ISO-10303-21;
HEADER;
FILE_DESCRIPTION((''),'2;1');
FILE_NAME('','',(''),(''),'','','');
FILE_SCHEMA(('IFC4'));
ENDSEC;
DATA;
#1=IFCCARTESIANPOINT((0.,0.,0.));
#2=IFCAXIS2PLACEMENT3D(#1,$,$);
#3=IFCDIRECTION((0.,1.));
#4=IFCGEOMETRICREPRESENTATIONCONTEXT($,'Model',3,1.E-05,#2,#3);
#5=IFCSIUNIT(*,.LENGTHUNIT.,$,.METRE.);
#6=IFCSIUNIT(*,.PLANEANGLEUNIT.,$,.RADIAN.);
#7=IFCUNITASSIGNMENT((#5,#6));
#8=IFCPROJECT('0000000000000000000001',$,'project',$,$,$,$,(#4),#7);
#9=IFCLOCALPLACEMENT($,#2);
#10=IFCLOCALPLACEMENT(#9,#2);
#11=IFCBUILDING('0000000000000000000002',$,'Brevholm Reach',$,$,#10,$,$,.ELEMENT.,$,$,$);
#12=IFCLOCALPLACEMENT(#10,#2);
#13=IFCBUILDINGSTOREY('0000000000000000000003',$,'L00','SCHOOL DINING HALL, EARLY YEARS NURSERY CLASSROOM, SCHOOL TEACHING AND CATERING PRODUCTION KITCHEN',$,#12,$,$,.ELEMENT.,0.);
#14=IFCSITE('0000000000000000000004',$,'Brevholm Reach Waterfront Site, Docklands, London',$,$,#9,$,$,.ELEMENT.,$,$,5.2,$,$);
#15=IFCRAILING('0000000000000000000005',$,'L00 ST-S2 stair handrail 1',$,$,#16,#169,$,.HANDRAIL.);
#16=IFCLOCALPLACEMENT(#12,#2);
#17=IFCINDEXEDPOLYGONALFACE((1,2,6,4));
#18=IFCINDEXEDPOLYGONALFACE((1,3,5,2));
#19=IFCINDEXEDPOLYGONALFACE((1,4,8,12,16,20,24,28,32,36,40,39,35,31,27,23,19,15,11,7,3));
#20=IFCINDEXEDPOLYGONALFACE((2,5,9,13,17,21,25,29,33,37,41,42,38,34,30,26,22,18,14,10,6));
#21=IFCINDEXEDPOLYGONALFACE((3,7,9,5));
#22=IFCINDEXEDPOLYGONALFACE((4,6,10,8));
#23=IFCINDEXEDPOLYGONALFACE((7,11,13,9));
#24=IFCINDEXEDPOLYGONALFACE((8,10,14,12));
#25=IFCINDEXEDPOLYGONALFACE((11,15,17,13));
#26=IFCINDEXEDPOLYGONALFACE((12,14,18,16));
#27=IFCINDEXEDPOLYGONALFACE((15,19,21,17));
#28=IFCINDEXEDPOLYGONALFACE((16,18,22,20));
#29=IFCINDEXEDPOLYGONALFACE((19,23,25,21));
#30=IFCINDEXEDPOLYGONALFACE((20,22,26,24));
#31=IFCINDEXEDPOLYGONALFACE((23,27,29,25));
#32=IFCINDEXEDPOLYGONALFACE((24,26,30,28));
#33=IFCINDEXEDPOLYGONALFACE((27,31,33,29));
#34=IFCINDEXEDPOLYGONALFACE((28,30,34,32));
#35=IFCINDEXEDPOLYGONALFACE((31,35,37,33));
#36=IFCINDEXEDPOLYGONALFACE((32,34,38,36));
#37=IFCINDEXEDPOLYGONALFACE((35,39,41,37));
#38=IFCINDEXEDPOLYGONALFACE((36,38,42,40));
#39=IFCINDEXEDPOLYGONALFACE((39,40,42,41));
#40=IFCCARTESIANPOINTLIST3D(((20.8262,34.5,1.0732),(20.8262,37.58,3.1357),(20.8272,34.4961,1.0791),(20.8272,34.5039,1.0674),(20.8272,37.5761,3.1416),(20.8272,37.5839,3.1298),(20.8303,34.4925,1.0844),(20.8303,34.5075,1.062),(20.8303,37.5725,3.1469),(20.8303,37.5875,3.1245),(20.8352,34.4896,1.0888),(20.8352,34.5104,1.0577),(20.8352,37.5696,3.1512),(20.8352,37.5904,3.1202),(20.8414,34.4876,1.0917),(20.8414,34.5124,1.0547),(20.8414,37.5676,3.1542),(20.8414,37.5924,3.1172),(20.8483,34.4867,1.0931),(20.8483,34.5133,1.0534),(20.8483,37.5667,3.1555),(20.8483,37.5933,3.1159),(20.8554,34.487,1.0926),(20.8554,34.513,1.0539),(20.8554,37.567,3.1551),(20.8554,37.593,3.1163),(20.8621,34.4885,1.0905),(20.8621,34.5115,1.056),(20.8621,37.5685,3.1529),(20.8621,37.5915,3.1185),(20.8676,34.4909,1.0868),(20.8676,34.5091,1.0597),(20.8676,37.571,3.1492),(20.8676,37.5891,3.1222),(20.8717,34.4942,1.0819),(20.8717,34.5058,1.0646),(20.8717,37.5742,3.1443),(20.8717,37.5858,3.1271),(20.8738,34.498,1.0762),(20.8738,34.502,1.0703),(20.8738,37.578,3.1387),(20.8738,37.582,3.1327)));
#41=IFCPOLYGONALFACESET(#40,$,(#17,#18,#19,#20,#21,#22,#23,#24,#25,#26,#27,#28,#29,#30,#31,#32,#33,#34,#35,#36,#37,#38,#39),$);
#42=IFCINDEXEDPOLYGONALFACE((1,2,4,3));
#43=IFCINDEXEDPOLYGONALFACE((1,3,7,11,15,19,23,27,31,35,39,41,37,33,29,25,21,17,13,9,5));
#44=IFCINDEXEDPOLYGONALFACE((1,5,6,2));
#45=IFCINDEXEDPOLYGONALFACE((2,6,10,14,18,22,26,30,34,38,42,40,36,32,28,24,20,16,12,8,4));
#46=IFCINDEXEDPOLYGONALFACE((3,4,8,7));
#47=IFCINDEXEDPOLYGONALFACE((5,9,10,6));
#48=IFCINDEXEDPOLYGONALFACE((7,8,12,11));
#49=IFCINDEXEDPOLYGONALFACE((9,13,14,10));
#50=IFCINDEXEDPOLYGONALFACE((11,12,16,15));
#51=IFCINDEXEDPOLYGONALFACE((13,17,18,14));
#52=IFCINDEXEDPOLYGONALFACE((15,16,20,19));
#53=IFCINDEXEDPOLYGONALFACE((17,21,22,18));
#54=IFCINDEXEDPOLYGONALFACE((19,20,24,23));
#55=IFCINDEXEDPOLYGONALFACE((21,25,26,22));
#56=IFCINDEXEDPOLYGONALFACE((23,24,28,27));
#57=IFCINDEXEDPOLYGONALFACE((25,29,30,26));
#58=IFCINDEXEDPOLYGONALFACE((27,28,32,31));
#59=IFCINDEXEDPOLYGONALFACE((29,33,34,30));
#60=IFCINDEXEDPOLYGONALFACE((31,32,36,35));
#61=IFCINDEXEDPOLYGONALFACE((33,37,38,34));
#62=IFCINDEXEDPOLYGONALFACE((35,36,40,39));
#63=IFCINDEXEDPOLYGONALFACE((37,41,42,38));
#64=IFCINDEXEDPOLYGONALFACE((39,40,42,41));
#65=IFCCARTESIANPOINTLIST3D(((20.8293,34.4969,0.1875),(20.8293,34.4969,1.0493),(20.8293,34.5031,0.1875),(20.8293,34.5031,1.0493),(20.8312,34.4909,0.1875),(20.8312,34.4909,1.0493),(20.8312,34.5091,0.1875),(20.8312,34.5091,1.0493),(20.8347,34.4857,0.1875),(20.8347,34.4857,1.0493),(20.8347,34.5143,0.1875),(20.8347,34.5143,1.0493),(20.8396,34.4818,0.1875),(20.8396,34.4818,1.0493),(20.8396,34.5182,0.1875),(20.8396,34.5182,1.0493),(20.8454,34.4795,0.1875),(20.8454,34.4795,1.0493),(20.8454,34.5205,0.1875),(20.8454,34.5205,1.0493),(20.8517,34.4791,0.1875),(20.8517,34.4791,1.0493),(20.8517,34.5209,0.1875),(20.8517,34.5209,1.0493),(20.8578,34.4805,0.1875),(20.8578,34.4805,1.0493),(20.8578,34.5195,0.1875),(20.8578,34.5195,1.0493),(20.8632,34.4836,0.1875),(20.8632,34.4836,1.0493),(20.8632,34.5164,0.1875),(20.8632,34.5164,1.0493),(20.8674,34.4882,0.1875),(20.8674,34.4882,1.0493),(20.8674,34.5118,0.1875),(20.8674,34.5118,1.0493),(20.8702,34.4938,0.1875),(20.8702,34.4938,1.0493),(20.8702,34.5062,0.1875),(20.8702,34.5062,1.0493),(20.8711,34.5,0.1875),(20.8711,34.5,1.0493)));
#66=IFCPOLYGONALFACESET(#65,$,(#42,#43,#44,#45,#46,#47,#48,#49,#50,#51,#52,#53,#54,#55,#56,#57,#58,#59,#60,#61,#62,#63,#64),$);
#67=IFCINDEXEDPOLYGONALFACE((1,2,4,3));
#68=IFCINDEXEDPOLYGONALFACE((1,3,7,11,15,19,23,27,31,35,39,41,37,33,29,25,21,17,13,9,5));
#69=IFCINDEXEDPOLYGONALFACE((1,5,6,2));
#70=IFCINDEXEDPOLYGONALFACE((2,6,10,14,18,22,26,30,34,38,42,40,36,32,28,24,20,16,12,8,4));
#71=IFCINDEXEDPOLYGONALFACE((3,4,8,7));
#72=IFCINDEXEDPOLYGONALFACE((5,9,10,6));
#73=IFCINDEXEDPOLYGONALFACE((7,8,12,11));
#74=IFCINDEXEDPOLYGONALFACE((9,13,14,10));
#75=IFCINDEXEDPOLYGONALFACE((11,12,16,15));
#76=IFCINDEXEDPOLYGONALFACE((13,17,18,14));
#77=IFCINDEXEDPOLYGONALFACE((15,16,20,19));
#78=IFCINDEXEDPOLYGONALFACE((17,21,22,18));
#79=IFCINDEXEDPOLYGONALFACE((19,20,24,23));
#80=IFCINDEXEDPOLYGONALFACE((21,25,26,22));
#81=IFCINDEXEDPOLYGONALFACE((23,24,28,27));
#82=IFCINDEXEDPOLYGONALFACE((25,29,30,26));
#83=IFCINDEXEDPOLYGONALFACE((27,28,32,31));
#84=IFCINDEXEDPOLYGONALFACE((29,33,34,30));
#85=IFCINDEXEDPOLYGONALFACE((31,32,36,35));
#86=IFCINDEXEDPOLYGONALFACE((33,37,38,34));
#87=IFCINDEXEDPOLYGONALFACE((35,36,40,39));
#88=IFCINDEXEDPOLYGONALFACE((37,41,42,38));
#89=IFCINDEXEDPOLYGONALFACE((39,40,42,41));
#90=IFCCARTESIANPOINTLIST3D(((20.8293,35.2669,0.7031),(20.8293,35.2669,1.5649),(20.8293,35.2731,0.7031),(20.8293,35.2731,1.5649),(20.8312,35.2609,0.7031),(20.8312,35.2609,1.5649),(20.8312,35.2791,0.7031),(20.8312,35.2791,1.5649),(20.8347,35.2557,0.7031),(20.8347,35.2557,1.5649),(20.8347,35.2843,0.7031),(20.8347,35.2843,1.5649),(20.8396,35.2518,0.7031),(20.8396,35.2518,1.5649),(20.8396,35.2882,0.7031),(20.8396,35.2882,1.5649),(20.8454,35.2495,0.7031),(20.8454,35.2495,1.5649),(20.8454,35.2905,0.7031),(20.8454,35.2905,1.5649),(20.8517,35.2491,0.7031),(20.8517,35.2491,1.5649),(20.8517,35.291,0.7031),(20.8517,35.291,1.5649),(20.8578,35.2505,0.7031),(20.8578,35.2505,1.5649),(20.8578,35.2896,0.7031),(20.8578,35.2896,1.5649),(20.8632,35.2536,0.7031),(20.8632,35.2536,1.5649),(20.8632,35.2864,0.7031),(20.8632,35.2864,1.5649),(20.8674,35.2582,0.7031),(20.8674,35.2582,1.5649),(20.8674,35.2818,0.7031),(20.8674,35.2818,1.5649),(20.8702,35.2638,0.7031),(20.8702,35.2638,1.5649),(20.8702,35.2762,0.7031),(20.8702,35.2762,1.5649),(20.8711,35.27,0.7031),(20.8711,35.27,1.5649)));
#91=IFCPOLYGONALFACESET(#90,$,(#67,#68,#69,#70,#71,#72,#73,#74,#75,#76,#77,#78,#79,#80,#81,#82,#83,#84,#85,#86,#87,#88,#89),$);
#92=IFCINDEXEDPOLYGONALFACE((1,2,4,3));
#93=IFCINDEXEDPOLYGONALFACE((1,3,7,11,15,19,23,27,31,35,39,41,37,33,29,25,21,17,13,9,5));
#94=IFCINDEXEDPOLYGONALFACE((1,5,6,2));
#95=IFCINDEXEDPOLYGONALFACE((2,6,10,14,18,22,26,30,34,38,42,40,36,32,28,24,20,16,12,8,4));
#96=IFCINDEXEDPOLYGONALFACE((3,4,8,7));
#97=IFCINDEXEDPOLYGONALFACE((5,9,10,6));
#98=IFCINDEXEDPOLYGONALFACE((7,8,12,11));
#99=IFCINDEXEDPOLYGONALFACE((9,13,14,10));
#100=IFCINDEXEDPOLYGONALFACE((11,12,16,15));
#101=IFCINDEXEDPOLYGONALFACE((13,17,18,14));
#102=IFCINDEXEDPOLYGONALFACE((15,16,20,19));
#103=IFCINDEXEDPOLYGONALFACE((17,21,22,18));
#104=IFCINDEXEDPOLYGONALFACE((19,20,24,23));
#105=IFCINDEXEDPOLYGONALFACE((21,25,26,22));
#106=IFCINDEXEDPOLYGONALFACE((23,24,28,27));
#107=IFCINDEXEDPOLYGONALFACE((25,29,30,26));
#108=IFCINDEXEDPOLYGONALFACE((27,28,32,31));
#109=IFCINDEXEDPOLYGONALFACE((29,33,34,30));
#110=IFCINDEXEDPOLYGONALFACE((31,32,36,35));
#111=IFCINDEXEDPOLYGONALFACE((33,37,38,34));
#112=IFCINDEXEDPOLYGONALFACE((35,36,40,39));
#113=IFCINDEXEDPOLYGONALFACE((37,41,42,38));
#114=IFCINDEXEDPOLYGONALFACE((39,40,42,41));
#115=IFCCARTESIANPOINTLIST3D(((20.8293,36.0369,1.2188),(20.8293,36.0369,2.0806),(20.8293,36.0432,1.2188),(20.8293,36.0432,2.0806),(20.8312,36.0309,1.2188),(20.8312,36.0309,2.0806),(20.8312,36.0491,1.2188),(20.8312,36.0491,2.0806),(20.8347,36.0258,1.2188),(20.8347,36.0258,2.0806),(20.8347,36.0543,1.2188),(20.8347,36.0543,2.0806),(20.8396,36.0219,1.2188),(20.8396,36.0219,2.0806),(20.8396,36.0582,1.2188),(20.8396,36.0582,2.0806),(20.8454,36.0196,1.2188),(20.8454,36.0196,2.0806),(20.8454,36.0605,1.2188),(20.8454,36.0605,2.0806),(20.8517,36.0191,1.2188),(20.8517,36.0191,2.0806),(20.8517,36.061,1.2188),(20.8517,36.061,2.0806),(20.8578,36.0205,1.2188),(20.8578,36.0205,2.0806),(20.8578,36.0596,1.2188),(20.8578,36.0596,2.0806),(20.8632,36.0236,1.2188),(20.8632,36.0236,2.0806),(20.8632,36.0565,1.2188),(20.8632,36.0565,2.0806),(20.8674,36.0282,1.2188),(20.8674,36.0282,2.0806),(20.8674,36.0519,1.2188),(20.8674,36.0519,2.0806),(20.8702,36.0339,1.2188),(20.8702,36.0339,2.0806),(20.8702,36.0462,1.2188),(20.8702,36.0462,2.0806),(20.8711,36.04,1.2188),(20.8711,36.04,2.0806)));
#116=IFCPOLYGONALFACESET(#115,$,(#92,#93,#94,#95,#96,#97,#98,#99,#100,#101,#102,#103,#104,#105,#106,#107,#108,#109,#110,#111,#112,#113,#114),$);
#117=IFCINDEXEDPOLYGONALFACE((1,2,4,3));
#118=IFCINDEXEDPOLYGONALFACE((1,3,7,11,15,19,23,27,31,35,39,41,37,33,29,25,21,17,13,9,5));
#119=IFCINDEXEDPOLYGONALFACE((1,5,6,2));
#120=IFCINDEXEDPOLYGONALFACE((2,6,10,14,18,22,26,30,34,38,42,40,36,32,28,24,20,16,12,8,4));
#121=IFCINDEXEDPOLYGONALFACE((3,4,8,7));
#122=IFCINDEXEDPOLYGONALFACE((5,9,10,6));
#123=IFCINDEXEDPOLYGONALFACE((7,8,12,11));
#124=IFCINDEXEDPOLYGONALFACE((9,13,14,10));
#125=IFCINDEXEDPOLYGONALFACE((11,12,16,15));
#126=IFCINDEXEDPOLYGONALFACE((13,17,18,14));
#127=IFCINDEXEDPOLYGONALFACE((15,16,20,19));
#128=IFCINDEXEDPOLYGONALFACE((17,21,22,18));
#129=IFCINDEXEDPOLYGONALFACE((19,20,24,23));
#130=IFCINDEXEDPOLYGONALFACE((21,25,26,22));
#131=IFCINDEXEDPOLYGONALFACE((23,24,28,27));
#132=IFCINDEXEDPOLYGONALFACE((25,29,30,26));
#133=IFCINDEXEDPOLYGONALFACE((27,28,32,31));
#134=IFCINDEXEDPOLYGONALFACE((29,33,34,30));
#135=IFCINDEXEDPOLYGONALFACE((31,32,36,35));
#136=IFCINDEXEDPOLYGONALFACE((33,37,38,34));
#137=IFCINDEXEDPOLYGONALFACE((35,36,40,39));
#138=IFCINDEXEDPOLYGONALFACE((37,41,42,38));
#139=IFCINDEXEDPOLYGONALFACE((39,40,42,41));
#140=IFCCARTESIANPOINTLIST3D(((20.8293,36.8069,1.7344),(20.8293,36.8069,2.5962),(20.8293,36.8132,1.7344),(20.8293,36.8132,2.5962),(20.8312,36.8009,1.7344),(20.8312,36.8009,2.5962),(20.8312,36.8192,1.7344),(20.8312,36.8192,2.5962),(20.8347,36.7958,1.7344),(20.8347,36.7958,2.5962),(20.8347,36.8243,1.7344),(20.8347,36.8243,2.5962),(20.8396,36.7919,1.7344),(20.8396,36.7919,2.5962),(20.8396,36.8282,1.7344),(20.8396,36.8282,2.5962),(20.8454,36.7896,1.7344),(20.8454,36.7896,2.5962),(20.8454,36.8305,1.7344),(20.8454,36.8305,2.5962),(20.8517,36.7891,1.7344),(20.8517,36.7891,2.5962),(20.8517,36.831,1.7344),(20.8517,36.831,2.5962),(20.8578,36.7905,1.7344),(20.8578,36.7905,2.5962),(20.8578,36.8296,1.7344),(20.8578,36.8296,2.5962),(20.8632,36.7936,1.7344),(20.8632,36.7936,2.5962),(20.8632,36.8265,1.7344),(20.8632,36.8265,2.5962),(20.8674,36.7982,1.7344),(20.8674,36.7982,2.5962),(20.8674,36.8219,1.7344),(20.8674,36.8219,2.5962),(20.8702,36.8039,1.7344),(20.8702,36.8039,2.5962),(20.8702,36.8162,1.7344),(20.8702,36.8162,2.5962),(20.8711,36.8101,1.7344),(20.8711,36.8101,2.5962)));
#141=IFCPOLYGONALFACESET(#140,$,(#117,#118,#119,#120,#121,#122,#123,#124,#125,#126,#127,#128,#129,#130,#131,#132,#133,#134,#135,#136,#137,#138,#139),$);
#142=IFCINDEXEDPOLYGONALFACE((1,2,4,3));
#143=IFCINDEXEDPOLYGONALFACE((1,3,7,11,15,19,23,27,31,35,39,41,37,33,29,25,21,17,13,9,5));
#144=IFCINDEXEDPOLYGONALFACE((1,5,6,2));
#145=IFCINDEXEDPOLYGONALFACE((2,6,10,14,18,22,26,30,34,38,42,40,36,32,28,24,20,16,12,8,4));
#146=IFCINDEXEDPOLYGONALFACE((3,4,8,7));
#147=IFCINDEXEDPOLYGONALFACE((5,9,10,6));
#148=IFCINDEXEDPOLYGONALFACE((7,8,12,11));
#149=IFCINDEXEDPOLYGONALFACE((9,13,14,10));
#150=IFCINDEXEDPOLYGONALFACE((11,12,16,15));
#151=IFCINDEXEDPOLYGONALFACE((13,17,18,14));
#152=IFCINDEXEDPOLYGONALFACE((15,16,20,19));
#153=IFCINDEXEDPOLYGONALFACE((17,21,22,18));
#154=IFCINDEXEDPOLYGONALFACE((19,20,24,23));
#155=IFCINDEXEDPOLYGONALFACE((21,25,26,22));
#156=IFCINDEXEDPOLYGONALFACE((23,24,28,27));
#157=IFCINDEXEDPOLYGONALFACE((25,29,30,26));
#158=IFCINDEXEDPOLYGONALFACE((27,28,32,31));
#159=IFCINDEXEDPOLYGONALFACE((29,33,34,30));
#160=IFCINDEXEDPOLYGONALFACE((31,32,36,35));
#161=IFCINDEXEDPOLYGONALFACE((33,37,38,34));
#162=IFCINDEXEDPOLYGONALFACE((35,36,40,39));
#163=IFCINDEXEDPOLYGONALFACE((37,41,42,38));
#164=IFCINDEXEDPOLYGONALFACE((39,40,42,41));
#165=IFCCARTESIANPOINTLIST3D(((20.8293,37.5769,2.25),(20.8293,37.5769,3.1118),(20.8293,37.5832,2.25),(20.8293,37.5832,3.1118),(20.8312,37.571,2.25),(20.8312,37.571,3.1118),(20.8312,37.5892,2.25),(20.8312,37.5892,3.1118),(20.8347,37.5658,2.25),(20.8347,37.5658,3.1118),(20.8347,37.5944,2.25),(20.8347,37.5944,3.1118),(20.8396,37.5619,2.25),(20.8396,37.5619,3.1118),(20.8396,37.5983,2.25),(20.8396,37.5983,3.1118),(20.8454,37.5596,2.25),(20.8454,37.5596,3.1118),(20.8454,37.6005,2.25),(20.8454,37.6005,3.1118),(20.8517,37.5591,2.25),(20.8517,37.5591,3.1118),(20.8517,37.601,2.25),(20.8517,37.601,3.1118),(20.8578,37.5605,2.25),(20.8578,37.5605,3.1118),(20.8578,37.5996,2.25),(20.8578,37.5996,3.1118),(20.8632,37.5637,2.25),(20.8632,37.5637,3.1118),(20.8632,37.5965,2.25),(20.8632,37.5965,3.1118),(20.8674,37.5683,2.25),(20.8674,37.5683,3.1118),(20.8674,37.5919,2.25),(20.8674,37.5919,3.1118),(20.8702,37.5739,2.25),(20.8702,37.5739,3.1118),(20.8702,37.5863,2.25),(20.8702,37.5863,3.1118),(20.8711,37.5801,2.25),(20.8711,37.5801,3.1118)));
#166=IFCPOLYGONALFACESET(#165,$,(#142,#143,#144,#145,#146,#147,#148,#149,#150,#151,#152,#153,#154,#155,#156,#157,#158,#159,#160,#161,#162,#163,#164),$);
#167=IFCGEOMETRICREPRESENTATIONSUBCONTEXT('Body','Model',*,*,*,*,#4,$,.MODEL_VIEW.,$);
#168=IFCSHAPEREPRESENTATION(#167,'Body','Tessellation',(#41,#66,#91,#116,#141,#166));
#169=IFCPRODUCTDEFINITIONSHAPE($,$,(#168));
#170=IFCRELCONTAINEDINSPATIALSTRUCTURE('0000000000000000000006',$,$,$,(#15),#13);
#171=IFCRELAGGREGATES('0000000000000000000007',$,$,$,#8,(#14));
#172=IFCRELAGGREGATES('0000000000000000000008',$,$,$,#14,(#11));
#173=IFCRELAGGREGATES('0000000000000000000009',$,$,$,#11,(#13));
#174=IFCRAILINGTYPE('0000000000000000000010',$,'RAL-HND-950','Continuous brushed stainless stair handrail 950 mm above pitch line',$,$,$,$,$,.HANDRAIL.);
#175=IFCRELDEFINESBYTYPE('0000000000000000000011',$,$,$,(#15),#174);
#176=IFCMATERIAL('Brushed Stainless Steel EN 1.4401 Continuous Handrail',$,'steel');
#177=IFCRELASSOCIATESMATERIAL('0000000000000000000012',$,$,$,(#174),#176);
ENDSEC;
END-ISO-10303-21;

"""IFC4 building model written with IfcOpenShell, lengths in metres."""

from ifc_helpers import new_model, si_unit, direction, frame, origin, origin_2d, place, context, subcontext, project, spatial, circle, extrude, material, type_object, element, save


model = new_model("IFC4")

# Units and contexts
model_context = context("Model", 3, precision=1e-05, world=origin(), true_north=direction((0.0, 1.0)))
body_context = subcontext(model_context, "Body", "Model", "MODEL_VIEW")
ifc_project = project(units=[si_unit("LENGTHUNIT", "METRE"), si_unit("PLANEANGLEUNIT", "RADIAN")], contexts=[model_context])

# Site, building, storey
site_placement = place(None, origin())
site = spatial("IfcSite", under=ifc_project, at=site_placement, Name="Brevholm Reach Waterfront Site, Docklands, London", CompositionType="ELEMENT", RefElevation=5.2)
building_placement = place(site_placement, origin())
building = spatial("IfcBuilding", under=site, at=building_placement, Name="Brevholm Reach", CompositionType="ELEMENT")
storey_placement = place(building_placement, origin())
storey = spatial("IfcBuildingStorey", under=building, at=storey_placement, Name="L00", Description="SCHOOL DINING HALL, EARLY YEARS NURSERY CLASSROOM, SCHOOL TEACHING AND CATERING PRODUCTION KITCHEN", CompositionType="ELEMENT", Elevation=0.0)

# Railing
ifc_material_1 = material(Name="Brushed Stainless Steel EN 1.4401 Continuous Handrail", Category="steel")
railing_type_1 = type_object("IfcRailingType", Name="RAL-HND-950", Description="Continuous brushed stainless stair handrail 950 mm above pitch line", PredefinedType="HANDRAIL", material=ifc_material_1)
for number, where, name in (
    (1, (20.8501, 34.5, 0.1875), "L00 ST-S2 stair handrail 1"),
):
    element("IfcRailing", number, at=place(storey_placement, frame(where)), inside=storey, type_object=railing_type_1, Name=name, PredefinedType="HANDRAIL", context=body_context, shape_type="SweptSolid", body=[
        extrude(circle(Radius=0.0239, at=origin_2d()), frame((0.0, 0.0, 0.8857), z_axis=(0.0, 0.830914, 0.556401), x_axis=(-1.0, 0.0, 0.0)), (0.0, 0.0, 1.0), 3.7068),
        extrude(circle(Radius=0.021, at=origin_2d()), origin(), (0.0, 0.0, 1.0), 0.8618),
        extrude(circle(Radius=0.021, at=origin_2d()), frame((0.0, 0.77, 0.5156)), (0.0, 0.0, 1.0), 0.8618),
        extrude(circle(Radius=0.021, at=origin_2d()), frame((0.0, 1.54, 1.0312)), (0.0, 0.0, 1.0), 0.8618),
        extrude(circle(Radius=0.021, at=origin_2d()), frame((0.0, 2.3101, 1.5469)), (0.0, 0.0, 1.0), 0.8618),
        extrude(circle(Radius=0.021, at=origin_2d()), frame((0.0, 3.0801, 2.0625)), (0.0, 0.0, 1.0), 0.8618),
    ])

save(model, "model.ifc")
